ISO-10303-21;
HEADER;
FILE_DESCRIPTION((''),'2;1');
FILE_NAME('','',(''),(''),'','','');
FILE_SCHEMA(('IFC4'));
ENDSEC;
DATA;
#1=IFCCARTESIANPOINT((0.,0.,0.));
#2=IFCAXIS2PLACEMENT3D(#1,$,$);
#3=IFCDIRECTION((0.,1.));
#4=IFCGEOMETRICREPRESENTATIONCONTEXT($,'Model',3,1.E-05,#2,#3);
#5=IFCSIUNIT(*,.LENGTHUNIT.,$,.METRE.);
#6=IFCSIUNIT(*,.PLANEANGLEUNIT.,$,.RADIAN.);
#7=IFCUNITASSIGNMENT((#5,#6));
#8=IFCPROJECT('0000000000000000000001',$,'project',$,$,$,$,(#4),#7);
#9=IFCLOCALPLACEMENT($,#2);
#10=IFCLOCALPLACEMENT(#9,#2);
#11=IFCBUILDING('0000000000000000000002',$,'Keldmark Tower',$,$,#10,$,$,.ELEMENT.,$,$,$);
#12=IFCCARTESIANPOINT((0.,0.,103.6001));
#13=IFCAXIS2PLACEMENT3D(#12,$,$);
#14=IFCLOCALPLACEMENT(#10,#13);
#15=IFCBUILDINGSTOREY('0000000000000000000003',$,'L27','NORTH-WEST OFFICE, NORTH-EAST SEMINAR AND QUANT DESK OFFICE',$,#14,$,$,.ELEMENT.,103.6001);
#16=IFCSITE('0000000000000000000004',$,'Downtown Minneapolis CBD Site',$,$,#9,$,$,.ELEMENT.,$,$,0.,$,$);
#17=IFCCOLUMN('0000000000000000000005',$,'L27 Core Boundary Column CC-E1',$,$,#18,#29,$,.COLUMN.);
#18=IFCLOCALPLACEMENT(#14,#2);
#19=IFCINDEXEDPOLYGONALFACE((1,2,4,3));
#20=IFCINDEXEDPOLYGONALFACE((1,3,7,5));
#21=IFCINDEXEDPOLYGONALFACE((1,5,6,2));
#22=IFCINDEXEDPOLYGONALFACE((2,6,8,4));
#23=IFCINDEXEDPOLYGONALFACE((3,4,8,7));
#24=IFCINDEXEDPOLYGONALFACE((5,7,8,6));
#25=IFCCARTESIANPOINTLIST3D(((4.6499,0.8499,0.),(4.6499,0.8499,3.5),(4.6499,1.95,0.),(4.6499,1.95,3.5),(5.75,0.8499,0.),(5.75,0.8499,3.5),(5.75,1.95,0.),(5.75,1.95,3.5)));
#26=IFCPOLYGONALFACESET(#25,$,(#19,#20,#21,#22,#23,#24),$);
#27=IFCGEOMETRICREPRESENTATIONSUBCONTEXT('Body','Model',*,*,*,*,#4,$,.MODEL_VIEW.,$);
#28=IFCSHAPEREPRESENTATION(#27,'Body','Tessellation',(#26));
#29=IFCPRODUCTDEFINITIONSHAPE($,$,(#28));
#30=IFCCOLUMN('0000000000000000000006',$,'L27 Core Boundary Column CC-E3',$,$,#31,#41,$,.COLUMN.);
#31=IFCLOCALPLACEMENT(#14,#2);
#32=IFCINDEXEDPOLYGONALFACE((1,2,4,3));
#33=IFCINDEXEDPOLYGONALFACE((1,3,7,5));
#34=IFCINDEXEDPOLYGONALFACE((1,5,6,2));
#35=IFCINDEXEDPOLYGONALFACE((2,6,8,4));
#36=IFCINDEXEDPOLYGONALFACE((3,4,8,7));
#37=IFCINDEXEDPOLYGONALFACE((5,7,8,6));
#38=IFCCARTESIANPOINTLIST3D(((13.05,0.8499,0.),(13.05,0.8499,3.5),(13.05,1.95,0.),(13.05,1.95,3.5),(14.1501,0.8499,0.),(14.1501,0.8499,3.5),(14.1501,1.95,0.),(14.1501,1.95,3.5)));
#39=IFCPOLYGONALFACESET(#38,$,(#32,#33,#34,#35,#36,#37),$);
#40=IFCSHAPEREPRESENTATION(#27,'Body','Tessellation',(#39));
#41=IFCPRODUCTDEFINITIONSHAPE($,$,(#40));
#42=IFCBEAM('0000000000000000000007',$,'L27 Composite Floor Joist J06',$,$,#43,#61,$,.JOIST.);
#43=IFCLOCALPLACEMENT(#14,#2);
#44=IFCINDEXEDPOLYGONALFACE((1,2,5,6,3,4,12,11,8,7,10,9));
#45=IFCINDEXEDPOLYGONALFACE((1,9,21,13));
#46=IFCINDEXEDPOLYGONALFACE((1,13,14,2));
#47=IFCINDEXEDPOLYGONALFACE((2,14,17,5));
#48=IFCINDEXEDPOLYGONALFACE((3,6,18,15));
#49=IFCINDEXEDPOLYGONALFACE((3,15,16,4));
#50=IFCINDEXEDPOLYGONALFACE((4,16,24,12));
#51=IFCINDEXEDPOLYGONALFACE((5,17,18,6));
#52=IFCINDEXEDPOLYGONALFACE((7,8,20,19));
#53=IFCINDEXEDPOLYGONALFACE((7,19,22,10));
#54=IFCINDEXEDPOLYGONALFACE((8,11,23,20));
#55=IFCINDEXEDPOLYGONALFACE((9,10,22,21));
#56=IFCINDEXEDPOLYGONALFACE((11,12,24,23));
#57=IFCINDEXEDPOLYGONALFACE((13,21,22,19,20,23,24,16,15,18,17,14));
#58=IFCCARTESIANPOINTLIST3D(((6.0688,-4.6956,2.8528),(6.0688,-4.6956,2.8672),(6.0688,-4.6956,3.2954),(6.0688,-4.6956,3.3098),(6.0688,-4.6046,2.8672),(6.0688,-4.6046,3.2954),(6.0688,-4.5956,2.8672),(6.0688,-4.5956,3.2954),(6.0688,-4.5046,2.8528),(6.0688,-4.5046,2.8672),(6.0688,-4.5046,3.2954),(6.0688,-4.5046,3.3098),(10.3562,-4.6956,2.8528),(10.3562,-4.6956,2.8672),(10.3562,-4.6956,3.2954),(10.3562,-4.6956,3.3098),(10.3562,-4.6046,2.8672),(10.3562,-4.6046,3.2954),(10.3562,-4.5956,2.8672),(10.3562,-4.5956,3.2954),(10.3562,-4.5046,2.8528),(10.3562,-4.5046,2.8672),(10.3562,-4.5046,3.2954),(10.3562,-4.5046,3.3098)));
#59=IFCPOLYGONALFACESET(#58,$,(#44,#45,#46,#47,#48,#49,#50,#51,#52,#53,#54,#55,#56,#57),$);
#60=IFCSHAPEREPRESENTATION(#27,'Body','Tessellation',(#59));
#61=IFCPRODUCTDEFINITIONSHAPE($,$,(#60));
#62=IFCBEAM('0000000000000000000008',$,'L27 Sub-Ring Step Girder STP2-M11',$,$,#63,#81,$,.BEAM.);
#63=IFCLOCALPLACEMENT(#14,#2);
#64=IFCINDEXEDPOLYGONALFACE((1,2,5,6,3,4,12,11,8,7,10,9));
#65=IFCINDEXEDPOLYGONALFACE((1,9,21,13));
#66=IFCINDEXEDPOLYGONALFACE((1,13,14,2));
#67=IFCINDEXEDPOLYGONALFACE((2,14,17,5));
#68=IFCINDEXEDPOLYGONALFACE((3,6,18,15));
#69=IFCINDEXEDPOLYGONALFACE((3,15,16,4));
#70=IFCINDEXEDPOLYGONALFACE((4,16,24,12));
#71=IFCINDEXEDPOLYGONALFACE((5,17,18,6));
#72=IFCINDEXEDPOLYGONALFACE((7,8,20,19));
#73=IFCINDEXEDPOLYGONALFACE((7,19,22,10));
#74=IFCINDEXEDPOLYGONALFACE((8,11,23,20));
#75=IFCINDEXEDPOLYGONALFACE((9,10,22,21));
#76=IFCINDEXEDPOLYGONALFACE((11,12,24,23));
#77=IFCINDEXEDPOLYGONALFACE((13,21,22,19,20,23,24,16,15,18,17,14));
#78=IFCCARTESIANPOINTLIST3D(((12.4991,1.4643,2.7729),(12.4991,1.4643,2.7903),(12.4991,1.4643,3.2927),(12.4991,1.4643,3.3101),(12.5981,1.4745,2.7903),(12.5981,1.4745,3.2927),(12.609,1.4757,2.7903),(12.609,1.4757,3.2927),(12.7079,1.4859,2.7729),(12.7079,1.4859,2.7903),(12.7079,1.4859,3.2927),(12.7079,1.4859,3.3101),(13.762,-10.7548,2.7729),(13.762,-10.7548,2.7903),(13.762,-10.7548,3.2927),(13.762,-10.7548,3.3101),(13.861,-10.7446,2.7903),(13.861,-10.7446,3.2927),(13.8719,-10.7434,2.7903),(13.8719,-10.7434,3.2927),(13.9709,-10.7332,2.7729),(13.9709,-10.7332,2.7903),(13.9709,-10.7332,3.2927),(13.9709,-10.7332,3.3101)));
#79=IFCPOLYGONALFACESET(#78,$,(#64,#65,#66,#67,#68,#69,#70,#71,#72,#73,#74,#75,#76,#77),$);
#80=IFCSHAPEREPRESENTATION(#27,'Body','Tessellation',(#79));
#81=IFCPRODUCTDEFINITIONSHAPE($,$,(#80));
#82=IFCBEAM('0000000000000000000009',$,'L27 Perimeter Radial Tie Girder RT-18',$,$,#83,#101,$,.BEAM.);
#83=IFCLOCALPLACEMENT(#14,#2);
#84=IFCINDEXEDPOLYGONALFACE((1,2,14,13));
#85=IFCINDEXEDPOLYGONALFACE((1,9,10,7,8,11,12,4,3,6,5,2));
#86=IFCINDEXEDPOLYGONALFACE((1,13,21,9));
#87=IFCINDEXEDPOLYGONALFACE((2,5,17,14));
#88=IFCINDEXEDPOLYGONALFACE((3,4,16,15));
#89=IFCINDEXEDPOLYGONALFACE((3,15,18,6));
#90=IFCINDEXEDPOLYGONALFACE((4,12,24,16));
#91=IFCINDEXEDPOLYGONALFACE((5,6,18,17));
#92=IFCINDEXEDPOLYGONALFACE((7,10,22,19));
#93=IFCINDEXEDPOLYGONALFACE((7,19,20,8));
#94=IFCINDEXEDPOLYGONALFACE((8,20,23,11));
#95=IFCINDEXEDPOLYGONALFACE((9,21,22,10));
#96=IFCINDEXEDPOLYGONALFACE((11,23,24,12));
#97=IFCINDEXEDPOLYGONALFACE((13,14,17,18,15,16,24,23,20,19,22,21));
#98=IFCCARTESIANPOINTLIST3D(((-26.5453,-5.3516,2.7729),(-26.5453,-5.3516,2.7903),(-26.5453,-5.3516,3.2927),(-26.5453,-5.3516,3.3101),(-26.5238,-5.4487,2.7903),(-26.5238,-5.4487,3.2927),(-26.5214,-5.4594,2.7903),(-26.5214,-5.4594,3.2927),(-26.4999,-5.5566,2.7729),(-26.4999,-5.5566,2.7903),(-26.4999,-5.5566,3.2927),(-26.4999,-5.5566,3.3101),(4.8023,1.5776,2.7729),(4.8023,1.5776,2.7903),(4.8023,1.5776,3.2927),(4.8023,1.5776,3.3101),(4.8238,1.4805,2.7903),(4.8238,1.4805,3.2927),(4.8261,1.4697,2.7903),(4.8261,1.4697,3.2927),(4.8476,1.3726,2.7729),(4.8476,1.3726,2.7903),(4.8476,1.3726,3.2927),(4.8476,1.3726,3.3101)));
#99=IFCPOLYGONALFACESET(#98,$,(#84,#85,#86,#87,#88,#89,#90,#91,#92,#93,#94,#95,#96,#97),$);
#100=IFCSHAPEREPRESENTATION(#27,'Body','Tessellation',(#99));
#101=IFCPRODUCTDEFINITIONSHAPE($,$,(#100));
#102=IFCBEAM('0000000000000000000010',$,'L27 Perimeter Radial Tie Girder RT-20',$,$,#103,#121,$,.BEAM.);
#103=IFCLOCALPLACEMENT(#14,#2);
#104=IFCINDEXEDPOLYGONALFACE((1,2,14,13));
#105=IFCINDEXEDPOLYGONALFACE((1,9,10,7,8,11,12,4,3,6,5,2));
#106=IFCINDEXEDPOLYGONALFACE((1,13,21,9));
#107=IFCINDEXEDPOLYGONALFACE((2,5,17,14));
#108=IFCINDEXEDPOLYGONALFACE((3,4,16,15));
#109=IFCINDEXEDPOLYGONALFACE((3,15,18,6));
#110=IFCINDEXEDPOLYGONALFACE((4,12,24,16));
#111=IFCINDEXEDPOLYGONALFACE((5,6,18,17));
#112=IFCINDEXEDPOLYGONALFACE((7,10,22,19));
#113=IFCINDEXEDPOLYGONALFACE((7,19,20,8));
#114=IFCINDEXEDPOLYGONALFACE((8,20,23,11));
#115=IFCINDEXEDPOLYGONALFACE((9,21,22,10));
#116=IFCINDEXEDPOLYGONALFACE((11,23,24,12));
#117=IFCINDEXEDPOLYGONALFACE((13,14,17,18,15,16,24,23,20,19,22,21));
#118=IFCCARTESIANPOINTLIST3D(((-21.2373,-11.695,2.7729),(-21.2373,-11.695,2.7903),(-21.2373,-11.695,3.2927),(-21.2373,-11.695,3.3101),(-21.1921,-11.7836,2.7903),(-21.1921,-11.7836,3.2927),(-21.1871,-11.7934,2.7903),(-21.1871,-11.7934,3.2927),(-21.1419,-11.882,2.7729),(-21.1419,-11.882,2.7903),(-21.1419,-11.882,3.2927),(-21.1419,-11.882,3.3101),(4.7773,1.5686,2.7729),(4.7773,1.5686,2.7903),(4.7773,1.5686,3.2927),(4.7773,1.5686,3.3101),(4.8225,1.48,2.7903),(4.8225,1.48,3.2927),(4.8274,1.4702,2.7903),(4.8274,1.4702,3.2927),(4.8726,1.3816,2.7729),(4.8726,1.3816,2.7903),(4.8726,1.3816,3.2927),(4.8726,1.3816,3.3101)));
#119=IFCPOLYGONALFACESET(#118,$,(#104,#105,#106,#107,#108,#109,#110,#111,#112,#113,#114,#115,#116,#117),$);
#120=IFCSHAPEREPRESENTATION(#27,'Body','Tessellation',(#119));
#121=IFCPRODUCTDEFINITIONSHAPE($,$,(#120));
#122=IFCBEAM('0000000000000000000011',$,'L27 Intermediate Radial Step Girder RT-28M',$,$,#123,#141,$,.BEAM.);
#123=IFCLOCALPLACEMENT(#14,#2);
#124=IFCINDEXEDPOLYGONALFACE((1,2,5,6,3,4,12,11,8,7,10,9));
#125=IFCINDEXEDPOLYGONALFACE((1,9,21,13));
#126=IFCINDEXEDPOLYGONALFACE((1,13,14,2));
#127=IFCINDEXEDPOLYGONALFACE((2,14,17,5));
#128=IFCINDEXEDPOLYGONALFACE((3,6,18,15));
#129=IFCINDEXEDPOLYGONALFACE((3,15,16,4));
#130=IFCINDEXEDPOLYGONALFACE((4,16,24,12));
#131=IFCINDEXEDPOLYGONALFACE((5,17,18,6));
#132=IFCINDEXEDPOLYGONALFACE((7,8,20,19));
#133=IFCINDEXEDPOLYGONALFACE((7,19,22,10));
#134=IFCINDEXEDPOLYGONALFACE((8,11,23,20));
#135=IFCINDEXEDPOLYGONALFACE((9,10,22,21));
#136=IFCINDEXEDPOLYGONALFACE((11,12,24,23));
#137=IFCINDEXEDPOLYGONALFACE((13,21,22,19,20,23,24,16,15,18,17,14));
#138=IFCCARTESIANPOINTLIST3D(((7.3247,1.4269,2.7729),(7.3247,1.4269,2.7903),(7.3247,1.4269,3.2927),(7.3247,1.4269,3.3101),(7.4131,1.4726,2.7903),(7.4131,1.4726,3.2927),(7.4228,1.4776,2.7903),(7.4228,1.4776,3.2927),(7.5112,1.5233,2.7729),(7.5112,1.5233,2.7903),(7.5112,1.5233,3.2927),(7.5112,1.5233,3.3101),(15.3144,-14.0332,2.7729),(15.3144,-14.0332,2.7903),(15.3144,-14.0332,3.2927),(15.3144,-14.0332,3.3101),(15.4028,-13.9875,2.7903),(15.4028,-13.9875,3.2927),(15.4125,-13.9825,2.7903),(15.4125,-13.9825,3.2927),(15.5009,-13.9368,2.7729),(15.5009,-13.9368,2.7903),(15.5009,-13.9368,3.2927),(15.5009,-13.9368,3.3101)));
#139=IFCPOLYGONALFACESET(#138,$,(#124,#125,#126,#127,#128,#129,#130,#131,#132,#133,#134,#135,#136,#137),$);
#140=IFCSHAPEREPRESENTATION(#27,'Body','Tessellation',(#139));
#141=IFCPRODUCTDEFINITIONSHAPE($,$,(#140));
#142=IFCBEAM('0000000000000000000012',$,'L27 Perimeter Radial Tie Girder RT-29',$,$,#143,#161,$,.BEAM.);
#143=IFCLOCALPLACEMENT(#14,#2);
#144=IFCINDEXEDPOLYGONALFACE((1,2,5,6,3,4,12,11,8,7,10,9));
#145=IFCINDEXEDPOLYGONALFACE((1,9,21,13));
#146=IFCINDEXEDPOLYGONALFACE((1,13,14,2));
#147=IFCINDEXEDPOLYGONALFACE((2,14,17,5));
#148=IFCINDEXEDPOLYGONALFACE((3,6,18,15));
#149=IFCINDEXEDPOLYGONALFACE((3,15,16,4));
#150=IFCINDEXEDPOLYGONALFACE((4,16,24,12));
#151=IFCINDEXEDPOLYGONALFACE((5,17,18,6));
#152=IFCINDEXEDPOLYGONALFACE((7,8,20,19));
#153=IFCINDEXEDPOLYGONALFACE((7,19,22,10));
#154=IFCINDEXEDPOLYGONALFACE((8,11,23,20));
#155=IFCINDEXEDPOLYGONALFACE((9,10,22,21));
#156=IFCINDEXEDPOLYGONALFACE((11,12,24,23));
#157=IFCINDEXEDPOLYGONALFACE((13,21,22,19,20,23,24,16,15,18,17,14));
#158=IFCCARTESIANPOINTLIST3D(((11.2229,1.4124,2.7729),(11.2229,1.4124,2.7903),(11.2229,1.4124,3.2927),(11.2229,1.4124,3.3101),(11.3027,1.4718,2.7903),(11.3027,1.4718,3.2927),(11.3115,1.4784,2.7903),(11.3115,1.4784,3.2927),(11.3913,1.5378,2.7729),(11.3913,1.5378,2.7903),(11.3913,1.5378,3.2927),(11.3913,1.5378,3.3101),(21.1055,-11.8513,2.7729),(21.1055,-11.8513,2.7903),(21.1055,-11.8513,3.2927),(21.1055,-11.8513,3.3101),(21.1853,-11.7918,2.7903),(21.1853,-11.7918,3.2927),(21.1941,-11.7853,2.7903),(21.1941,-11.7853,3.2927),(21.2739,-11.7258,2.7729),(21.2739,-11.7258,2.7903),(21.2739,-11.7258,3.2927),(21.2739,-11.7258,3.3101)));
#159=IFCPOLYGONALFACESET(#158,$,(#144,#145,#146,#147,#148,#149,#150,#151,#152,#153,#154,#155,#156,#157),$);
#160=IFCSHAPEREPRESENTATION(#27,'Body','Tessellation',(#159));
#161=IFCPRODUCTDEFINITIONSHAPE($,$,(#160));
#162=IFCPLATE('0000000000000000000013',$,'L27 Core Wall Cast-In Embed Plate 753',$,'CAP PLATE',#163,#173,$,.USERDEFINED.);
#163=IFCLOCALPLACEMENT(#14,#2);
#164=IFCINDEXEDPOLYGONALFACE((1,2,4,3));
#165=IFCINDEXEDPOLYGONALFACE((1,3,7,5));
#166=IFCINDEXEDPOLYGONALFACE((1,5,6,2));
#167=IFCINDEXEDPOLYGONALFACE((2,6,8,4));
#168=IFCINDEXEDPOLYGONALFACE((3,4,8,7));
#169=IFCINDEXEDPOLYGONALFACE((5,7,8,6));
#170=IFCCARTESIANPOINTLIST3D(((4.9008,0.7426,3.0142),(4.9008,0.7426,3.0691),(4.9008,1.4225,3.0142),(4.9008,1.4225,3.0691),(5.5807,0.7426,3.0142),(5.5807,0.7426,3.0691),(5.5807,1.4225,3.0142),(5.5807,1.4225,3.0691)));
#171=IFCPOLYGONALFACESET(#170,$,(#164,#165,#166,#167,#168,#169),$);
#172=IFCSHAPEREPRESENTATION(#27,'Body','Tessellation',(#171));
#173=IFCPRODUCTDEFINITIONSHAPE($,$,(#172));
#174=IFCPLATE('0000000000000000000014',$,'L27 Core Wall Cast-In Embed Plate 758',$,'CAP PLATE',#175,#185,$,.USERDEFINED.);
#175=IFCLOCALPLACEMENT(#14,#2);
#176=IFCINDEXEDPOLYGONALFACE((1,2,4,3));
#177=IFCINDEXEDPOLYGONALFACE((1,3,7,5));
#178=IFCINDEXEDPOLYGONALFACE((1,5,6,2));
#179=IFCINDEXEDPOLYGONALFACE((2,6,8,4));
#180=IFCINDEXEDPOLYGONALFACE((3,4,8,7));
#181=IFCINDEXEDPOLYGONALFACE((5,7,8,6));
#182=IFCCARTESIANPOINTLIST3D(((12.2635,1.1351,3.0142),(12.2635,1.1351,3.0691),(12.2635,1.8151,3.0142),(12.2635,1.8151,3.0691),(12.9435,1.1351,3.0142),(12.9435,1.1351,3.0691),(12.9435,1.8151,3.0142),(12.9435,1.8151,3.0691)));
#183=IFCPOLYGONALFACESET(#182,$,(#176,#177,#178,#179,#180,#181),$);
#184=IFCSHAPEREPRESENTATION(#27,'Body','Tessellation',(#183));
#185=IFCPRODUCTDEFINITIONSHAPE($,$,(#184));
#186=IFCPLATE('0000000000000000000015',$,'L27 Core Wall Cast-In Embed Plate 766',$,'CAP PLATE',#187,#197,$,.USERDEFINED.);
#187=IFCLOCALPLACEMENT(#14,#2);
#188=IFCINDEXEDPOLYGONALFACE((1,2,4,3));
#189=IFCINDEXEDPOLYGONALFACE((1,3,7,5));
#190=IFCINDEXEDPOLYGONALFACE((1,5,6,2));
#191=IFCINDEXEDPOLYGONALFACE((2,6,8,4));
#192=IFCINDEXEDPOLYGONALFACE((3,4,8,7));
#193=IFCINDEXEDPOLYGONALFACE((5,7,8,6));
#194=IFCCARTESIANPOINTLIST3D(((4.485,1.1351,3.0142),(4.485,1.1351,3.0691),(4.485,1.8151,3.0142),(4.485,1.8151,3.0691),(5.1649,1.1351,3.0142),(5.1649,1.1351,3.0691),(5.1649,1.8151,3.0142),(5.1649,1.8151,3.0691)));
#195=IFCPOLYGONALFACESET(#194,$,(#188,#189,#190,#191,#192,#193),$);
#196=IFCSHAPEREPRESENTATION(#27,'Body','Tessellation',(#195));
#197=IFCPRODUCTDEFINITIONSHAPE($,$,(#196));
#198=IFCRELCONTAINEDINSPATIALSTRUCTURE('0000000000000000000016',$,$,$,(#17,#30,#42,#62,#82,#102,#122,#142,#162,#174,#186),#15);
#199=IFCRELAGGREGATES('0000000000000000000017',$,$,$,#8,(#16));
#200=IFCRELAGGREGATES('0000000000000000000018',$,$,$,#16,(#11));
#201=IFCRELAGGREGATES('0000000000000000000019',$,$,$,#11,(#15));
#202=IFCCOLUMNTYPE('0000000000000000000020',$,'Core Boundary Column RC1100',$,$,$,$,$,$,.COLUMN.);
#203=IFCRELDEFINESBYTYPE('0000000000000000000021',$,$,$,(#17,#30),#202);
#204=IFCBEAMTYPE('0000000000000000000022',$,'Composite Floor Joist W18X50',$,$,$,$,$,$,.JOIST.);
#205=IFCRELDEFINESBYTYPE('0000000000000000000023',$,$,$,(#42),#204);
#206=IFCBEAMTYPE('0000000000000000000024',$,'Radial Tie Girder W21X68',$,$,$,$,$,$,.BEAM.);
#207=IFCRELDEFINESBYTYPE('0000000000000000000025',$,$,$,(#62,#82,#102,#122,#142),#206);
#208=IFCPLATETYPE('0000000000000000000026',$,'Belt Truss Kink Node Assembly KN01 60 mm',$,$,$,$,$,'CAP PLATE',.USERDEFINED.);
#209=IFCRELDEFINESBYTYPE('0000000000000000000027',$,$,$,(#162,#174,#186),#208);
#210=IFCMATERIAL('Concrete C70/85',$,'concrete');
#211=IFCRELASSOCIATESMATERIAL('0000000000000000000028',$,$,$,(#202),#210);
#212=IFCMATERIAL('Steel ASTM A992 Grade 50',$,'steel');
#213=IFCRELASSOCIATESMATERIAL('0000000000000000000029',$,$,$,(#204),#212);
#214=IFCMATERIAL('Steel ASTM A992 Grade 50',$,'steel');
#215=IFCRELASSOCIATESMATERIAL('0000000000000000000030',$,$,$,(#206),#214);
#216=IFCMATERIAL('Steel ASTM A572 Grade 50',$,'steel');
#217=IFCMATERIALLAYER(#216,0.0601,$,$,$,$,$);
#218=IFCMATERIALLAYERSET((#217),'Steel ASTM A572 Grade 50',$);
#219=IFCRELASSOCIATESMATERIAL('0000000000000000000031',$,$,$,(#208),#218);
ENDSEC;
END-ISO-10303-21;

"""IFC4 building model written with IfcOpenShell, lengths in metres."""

from ifc_helpers import new_model, si_unit, direction, frame, origin, origin_2d, place, context, subcontext, project, spatial, rectangle, i_section, extrude, material, layer, layer_set, material_profile, profile_set, type_object, element, save


model = new_model("IFC4")

# Units and contexts
model_context = context("Model", 3, precision=1e-05, world=origin(), true_north=direction((0.0, 1.0)))
body_context = subcontext(model_context, "Body", "Model", "MODEL_VIEW")
ifc_project = project(units=[si_unit("LENGTHUNIT", "METRE"), si_unit("PLANEANGLEUNIT", "RADIAN")], contexts=[model_context])

# Site, building, storey
site_placement = place(None, origin())
site = spatial("IfcSite", under=ifc_project, at=site_placement, Name="Downtown Minneapolis CBD Site", CompositionType="ELEMENT", RefElevation=0.0)
building_placement = place(site_placement, origin())
building = spatial("IfcBuilding", under=site, at=building_placement, Name="Keldmark Tower", CompositionType="ELEMENT")
storey_placement = place(building_placement, frame((0.0, 0.0, 103.6001)))
storey = spatial("IfcBuildingStorey", under=building, at=storey_placement, Name="L27", Description="NORTH-WEST OFFICE, NORTH-EAST SEMINAR AND QUANT DESK OFFICE", CompositionType="ELEMENT", Elevation=103.6001)

# Columns
ifc_material_1 = material(Name="Concrete C70/85", Category="concrete")
ifc_material_profile_1 = material_profile(ifc_material_1, rectangle(XDim=1.1001, YDim=1.1001, at=origin_2d()), Name="RC1100X1100")
ifc_profile_set_1 = profile_set([ifc_material_profile_1], Name="Concrete C70/85")
column_type = type_object("IfcColumnType", Name="Core Boundary Column RC1100", PredefinedType="COLUMN", material=ifc_profile_set_1)
for number, where, z_axis, x_axis, name in (
    (1, (5.2, 1.3999, 0.0), (0.0, 0.0, 1.0), (1.0, 0.0, 0.0), "L27 Core Boundary Column CC-E1"),
    (2, (13.6001, 1.3999, 0.0), (0.0, 0.0, 1.0), (1.0, 0.0, 0.0), "L27 Core Boundary Column CC-E3"),
):
    element("IfcColumn", number, at=place(storey_placement, frame(where, z_axis=z_axis, x_axis=x_axis)), inside=storey, type_object=column_type, Name=name, PredefinedType="COLUMN", context=body_context, shape_type="SweptSolid", body=[
        extrude(rectangle(XDim=1.1001, YDim=1.1001, at=origin_2d()), origin(), (0.0, 0.0, 1.0), 3.5),
    ])

# Beams
ifc_material_2 = material(Name="Steel ASTM A992 Grade 50", Category="steel")
ifc_material_profile_2 = material_profile(ifc_material_2, i_section(OverallWidth=0.1909, OverallDepth=0.457, WebThickness=0.009, FlangeThickness=0.0144, at=origin_2d()), Name="W18X50")
ifc_profile_set_2 = profile_set([ifc_material_profile_2], Name="Steel ASTM A992 Grade 50")
beam_type_1 = type_object("IfcBeamType", Name="Composite Floor Joist W18X50", PredefinedType="JOIST", material=ifc_profile_set_2)
beam_1_placement = place(storey_placement, frame((6.0688, -4.6001, 3.0813), z_axis=(1.0, 0.0, 0.0), x_axis=(0.0, 1.0, 0.0)))
element("IfcBeam", 3, at=beam_1_placement, inside=storey, type_object=beam_type_1, Name="L27 Composite Floor Joist J06", PredefinedType="JOIST", context=body_context, shape_type="SweptSolid", body=[
    extrude(i_section(OverallWidth=0.1909, OverallDepth=0.457, WebThickness=0.009, FlangeThickness=0.0144, at=origin_2d()), origin(), (0.0, 0.0, 1.0), 4.2874),
])
ifc_material_3 = material(Name="Steel ASTM A992 Grade 50", Category="steel")
ifc_material_profile_3 = material_profile(ifc_material_3, i_section(OverallWidth=0.21, OverallDepth=0.5371, WebThickness=0.011, FlangeThickness=0.0173, at=origin_2d()), Name="W21X68")
ifc_profile_set_3 = profile_set([ifc_material_profile_3], Name="Steel ASTM A992 Grade 50")
beam_type_2 = type_object("IfcBeamType", Name="Radial Tie Girder W21X68", PredefinedType="BEAM", material=ifc_profile_set_3)
beam_2_placement = place(storey_placement, frame((12.6035, 1.4751, 3.0415), z_axis=(0.102811, -0.994701, 0.0), x_axis=(0.994701, 0.102811, 0.0)))
element("IfcBeam", 4, at=beam_2_placement, inside=storey, type_object=beam_type_2, Name="L27 Sub-Ring Step Girder STP2-M11", PredefinedType="BEAM", context=body_context, shape_type="SweptSolid", body=[
    extrude(i_section(OverallWidth=0.21, OverallDepth=0.5371, WebThickness=0.011, FlangeThickness=0.0173, at=origin_2d()), origin(), (0.0, 0.0, 1.0), 12.2842),
])
beam_3_placement = place(storey_placement, frame((4.825, 1.4751, 3.0415), z_axis=(-0.97643, -0.215834, 0.0), x_axis=(0.215834, -0.97643, 0.0)))
element("IfcBeam", 5, at=beam_3_placement, inside=storey, type_object=beam_type_2, Name="L27 Perimeter Radial Tie Girder RT-18", PredefinedType="BEAM", context=body_context, shape_type="SweptSolid", body=[
    extrude(i_section(OverallWidth=0.21, OverallDepth=0.5371, WebThickness=0.011, FlangeThickness=0.0173, at=origin_2d()), origin(), (0.0, 0.0, 1.0), 32.1042),
])
beam_4_placement = place(storey_placement, frame((4.825, 1.4751, 3.0415), z_axis=(-0.890888, -0.454223, 0.0), x_axis=(0.454223, -0.890888, 0.0)))
element("IfcBeam", 6, at=beam_4_placement, inside=storey, type_object=beam_type_2, Name="L27 Perimeter Radial Tie Girder RT-20", PredefinedType="BEAM", context=body_context, shape_type="SweptSolid", body=[
    extrude(i_section(OverallWidth=0.21, OverallDepth=0.5371, WebThickness=0.011, FlangeThickness=0.0173, at=origin_2d()), origin(), (0.0, 0.0, 1.0), 29.2007),
])
beam_5_placement = place(storey_placement, frame((7.418, 1.4751, 3.0415), z_axis=(0.45911, -0.88838, 0.0), x_axis=(0.88838, 0.45911, 0.0)))
element("IfcBeam", 7, at=beam_5_placement, inside=storey, type_object=beam_type_2, Name="L27 Intermediate Radial Step Girder RT-28M", PredefinedType="BEAM", context=body_context, shape_type="SweptSolid", body=[
    extrude(i_section(OverallWidth=0.21, OverallDepth=0.5371, WebThickness=0.011, FlangeThickness=0.0173, at=origin_2d()), origin(), (0.0, 0.0, 1.0), 17.4026),
])
beam_6_placement = place(storey_placement, frame((11.3071, 1.4751, 3.0415), z_axis=(0.597475, -0.801888, 0.0), x_axis=(0.801888, 0.597475, 0.0)))
element("IfcBeam", 8, at=beam_6_placement, inside=storey, type_object=beam_type_2, Name="L27 Perimeter Radial Tie Girder RT-29", PredefinedType="BEAM", context=body_context, shape_type="SweptSolid", body=[
    extrude(i_section(OverallWidth=0.21, OverallDepth=0.5371, WebThickness=0.011, FlangeThickness=0.0173, at=origin_2d()), origin(), (0.0, 0.0, 1.0), 16.5405),
])

# Plates
ifc_material_4 = material(Name="Steel ASTM A572 Grade 50", Category="steel")
ifc_layer_1 = layer(ifc_material_4, 0.0601)
ifc_layer_set_1 = layer_set([ifc_layer_1], Name="Steel ASTM A572 Grade 50")
plate_type = type_object("IfcPlateType", Name="Belt Truss Kink Node Assembly KN01 60 mm", ElementType="CAP PLATE", PredefinedType="USERDEFINED", material=ifc_layer_set_1)
for number, where, z_axis, x_axis, name in (
    (9, (5.2407, 1.0825, 3.0142), (0.0, 0.0, 1.0), (1.0, 0.0, 0.0), "L27 Core Wall Cast-In Embed Plate 753"),
    (10, (12.6035, 1.4751, 3.0142), (0.0, 0.0, 1.0), (1.0, 0.0, 0.0), "L27 Core Wall Cast-In Embed Plate 758"),
    (11, (4.825, 1.4751, 3.0142), (0.0, 0.0, 1.0), (1.0, 0.0, 0.0), "L27 Core Wall Cast-In Embed Plate 766"),
):
    element("IfcPlate", number, at=place(storey_placement, frame(where, z_axis=z_axis, x_axis=x_axis)), inside=storey, type_object=plate_type, Name=name, ObjectType="CAP PLATE", PredefinedType="USERDEFINED", context=body_context, shape_type="SweptSolid", body=[
        extrude(rectangle(XDim=0.6799, YDim=0.6799, at=origin_2d()), origin(), (0.0, 0.0, 1.0), 0.0549),
    ])

save(model, "model.ifc")
